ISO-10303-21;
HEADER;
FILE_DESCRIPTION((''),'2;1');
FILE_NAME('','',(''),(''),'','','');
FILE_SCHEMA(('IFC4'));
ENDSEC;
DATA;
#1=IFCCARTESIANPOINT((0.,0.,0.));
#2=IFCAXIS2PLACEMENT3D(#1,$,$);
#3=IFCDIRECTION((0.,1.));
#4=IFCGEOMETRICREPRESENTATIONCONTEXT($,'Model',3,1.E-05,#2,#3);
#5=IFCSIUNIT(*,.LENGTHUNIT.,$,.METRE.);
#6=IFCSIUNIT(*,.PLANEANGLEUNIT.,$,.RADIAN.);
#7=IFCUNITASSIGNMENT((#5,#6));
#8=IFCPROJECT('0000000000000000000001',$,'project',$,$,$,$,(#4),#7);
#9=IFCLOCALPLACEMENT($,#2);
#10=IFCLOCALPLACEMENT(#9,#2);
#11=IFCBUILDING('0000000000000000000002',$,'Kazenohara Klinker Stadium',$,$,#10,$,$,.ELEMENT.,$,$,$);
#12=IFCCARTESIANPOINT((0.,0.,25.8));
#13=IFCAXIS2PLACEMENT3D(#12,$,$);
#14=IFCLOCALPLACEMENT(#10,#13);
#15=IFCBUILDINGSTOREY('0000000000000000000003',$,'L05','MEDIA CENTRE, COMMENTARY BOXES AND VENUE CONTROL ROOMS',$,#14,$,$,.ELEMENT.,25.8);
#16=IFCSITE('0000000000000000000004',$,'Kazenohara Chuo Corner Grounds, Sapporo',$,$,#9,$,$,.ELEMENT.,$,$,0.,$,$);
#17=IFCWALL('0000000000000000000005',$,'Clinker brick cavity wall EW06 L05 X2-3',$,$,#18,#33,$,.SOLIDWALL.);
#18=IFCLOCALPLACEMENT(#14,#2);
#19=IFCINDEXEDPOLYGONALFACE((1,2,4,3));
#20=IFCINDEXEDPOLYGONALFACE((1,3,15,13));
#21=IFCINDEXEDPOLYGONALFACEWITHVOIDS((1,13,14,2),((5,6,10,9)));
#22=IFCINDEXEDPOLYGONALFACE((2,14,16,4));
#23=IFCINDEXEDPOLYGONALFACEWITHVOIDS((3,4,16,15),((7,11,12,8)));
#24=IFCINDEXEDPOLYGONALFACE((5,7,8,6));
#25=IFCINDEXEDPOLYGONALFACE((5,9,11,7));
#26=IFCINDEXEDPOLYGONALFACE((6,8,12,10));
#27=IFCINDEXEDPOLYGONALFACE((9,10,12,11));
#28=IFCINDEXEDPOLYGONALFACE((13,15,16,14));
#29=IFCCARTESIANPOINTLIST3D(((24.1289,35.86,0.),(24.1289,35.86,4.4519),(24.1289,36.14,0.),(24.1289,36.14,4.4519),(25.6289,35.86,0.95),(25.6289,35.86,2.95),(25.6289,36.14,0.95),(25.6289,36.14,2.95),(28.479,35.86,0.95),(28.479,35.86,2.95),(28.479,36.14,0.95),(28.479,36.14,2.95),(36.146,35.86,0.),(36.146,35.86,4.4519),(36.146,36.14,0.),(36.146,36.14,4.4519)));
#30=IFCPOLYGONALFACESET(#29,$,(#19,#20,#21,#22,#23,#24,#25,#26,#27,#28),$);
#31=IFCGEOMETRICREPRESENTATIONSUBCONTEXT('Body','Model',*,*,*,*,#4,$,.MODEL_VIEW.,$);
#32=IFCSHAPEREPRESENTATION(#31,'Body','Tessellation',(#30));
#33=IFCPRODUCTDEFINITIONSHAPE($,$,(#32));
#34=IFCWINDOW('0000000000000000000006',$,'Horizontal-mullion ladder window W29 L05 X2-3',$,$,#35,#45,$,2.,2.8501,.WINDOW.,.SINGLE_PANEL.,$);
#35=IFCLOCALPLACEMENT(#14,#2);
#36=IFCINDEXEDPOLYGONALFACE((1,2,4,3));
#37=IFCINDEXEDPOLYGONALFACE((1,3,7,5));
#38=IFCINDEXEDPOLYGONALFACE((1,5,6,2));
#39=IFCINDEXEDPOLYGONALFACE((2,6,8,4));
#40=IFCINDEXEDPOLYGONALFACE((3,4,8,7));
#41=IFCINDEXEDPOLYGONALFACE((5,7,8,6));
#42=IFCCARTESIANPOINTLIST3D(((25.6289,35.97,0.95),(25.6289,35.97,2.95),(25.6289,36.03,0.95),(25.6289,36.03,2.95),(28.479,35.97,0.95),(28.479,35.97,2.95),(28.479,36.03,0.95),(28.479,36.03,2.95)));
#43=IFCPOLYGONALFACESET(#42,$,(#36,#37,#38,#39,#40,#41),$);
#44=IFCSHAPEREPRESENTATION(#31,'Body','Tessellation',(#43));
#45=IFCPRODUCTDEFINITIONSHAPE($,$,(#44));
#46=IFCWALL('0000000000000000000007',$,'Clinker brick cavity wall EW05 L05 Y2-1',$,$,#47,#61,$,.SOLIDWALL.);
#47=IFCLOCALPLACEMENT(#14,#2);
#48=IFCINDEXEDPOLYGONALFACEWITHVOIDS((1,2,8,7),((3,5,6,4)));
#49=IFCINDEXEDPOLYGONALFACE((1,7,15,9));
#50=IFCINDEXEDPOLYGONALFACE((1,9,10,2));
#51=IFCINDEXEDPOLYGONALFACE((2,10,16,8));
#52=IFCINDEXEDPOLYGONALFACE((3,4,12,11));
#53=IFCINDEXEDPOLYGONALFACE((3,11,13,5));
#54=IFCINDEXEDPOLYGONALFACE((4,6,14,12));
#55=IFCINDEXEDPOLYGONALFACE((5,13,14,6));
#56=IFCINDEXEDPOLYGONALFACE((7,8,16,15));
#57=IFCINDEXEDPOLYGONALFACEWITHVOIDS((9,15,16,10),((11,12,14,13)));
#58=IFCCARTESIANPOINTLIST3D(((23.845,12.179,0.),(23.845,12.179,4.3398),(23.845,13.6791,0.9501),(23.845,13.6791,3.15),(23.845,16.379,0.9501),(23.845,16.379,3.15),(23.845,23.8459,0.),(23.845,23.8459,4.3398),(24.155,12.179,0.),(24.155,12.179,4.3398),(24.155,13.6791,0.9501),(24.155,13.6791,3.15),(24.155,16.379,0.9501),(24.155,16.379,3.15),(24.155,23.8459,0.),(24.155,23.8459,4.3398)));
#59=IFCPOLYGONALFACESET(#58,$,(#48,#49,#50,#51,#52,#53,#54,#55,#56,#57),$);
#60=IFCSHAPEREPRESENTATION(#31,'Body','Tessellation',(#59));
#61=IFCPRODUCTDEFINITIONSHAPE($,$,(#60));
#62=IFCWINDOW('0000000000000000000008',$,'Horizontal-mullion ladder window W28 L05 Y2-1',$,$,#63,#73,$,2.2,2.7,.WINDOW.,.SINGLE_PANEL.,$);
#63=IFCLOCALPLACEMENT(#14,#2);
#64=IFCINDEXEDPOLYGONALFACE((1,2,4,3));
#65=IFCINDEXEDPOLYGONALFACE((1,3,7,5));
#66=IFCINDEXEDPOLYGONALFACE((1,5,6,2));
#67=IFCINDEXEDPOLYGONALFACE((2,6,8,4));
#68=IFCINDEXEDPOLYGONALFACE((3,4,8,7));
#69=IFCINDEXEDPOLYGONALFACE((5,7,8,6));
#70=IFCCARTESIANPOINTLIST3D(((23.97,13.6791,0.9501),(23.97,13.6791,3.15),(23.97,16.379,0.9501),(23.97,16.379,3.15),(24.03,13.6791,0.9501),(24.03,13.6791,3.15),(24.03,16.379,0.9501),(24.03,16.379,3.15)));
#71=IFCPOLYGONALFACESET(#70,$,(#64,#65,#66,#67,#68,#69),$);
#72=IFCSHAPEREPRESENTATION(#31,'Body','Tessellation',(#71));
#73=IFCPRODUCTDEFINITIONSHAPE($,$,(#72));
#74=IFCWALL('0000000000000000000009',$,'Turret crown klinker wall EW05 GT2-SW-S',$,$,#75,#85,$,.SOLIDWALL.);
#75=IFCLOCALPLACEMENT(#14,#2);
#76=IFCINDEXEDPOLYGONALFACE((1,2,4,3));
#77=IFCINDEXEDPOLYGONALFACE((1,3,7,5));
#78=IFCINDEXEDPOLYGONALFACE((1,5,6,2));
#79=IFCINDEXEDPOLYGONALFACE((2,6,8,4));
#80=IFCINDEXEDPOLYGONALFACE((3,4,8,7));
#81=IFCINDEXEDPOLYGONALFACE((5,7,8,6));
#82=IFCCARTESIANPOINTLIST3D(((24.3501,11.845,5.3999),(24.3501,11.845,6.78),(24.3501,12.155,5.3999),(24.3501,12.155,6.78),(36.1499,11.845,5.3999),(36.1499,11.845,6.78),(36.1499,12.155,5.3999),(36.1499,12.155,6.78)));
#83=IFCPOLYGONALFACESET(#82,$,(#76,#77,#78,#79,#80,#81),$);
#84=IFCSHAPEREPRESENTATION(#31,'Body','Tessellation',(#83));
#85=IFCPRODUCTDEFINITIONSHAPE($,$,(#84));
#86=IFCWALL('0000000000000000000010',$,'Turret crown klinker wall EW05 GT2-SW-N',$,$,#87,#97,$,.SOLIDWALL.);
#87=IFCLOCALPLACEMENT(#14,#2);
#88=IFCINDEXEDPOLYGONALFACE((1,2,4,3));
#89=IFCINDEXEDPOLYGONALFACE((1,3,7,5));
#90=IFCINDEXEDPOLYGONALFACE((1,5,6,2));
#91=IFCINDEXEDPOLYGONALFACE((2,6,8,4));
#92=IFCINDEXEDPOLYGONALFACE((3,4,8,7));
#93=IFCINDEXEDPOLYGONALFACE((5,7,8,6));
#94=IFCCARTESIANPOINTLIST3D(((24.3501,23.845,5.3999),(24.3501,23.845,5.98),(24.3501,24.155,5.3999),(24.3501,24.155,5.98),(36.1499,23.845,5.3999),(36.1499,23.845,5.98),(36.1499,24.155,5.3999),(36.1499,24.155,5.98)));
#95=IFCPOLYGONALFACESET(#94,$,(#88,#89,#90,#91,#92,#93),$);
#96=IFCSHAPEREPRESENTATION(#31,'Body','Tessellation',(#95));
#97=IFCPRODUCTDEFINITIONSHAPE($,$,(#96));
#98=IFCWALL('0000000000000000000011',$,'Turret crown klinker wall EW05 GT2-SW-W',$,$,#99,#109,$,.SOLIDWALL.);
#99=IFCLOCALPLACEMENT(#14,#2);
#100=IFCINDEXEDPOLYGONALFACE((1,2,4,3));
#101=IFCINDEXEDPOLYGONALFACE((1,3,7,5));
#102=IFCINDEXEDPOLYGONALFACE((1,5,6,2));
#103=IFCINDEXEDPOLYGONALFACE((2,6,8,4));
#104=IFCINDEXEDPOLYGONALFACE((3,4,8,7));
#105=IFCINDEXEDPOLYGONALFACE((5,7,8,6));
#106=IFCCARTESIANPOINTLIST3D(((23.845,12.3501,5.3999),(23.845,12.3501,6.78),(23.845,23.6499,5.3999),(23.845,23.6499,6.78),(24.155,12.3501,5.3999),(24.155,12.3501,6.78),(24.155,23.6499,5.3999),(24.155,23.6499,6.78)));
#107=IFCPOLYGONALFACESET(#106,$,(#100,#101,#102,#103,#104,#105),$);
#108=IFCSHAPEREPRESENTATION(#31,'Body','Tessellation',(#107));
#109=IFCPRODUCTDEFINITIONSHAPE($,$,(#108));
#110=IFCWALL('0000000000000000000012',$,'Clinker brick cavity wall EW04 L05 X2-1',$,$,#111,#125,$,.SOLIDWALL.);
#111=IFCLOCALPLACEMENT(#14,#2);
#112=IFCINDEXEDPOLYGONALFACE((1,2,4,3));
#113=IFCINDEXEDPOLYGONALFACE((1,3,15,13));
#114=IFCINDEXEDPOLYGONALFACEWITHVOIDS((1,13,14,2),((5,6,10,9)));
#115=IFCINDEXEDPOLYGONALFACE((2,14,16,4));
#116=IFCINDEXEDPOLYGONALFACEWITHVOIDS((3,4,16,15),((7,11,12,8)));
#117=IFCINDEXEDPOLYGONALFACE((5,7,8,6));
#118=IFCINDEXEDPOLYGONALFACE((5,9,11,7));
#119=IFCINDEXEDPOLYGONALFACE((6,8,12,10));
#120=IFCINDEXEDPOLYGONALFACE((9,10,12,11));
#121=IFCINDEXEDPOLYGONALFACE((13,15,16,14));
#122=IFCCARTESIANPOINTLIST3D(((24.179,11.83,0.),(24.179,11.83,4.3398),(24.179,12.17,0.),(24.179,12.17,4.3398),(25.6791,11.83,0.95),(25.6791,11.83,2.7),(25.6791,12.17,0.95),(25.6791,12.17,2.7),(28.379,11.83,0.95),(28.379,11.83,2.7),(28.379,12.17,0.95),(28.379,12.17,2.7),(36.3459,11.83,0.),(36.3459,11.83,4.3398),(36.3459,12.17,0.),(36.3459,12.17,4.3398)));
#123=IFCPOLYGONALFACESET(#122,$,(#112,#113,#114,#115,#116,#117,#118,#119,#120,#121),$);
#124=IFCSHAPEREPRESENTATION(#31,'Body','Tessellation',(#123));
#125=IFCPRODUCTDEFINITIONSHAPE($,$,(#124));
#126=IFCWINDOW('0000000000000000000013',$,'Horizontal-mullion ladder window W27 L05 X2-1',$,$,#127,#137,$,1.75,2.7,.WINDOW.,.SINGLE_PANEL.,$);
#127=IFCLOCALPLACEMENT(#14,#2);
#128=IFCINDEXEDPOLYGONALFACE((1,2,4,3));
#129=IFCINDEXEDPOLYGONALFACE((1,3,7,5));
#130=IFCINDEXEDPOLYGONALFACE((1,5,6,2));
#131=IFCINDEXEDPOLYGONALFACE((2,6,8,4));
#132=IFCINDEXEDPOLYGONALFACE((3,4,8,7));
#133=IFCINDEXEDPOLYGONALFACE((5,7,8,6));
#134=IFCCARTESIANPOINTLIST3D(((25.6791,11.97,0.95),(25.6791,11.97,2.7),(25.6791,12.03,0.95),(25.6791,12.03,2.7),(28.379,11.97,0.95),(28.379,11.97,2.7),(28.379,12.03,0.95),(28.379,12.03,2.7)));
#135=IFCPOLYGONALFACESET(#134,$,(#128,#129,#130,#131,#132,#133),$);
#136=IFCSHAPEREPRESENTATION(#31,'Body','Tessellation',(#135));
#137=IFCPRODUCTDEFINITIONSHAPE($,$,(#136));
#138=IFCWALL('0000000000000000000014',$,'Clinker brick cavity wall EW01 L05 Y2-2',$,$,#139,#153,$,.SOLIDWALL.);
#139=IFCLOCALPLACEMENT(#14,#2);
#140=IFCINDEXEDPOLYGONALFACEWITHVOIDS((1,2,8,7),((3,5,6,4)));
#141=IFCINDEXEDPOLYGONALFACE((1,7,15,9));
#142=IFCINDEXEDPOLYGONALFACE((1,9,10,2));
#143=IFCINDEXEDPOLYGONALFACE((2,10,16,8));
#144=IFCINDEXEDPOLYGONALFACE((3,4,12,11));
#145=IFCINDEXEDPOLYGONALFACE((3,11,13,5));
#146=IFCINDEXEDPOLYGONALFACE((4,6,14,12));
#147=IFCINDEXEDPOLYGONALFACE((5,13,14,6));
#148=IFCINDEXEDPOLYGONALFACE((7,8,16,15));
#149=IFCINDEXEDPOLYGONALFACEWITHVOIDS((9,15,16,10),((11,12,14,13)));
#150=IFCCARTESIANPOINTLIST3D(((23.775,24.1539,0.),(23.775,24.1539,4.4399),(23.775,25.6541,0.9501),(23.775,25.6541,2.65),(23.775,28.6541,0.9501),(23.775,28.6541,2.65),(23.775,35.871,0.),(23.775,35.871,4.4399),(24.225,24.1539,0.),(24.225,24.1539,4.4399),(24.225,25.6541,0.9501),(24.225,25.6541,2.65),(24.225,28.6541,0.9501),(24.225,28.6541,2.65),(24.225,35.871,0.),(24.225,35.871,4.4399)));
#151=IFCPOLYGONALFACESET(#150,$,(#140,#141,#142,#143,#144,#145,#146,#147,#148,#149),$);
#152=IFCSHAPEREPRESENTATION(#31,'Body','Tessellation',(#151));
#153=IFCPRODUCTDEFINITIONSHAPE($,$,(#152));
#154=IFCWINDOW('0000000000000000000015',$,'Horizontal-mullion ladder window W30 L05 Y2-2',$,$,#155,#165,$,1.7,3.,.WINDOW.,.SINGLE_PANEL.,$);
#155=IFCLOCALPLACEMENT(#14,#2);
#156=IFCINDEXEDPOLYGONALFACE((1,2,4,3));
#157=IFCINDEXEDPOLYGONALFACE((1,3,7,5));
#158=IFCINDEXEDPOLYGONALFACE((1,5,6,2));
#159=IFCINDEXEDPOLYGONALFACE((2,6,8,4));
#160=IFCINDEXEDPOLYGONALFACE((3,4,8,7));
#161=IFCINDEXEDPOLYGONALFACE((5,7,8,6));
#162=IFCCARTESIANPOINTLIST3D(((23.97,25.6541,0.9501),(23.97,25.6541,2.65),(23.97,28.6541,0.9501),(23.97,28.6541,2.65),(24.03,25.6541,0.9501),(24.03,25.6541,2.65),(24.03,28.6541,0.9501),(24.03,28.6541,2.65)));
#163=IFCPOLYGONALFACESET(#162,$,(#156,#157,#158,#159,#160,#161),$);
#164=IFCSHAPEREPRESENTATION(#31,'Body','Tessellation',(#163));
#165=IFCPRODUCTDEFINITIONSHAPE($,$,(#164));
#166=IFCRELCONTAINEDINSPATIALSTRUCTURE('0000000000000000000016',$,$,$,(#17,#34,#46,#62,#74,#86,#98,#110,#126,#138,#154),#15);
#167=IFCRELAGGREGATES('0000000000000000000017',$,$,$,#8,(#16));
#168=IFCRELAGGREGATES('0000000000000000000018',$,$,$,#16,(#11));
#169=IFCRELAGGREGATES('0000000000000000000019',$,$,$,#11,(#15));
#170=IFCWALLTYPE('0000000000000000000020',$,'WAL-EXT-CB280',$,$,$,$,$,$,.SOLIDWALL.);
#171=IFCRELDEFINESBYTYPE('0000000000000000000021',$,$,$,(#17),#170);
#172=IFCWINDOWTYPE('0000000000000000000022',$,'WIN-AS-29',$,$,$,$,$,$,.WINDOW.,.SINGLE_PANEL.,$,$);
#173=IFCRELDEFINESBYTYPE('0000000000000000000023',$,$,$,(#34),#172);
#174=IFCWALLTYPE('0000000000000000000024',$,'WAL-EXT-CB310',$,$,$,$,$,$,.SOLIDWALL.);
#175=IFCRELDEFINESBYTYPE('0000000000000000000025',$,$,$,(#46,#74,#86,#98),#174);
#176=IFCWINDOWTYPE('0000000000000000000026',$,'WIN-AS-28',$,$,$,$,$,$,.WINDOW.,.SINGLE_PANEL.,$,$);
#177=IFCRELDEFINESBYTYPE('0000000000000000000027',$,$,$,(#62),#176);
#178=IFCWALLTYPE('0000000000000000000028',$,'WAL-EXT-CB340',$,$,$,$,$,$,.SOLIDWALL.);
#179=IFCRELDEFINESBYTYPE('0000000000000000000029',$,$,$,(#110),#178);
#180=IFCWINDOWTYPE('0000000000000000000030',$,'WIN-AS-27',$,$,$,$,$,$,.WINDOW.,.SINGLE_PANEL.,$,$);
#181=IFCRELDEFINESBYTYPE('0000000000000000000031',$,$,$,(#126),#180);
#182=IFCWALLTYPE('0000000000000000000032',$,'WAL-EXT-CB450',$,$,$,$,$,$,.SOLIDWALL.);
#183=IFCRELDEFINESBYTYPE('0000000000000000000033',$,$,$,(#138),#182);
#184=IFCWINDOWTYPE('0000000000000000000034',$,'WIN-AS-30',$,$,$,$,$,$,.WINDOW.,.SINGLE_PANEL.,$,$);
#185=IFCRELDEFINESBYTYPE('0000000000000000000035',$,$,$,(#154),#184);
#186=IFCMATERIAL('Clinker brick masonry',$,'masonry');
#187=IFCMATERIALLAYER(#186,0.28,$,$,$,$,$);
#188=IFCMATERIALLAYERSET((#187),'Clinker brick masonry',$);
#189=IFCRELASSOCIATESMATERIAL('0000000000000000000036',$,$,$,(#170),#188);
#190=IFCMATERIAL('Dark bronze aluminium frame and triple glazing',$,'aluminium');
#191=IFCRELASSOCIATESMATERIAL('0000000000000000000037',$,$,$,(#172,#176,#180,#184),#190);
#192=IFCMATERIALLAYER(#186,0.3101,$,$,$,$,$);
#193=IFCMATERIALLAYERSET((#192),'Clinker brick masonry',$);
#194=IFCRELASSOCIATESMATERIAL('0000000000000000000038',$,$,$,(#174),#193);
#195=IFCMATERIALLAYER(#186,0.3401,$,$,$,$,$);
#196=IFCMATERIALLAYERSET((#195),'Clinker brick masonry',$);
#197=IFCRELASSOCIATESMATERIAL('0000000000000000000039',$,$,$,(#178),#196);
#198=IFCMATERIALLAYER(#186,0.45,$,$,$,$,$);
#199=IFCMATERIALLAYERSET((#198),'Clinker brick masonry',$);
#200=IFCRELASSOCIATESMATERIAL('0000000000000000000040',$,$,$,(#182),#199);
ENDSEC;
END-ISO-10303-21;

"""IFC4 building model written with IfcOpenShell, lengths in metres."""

from ifc_helpers import new_model, si_unit, direction, frame, frame_2d, origin, place, context, subcontext, project, spatial, rectangle, extrude, material, layer, layer_set, type_object, element, fill, save


model = new_model("IFC4")

# Units and contexts
model_context = context("Model", 3, precision=1e-05, world=origin(), true_north=direction((0.0, 1.0)))
body_context = subcontext(model_context, "Body", "Model", "MODEL_VIEW")
ifc_project = project(units=[si_unit("LENGTHUNIT", "METRE"), si_unit("PLANEANGLEUNIT", "RADIAN")], contexts=[model_context])

# Site, building, storey
site_placement = place(None, origin())
site = spatial("IfcSite", under=ifc_project, at=site_placement, Name="Kazenohara Chuo Corner Grounds, Sapporo", CompositionType="ELEMENT", RefElevation=0.0)
building_placement = place(site_placement, origin())
building = spatial("IfcBuilding", under=site, at=building_placement, Name="Kazenohara Klinker Stadium", CompositionType="ELEMENT")
storey_placement = place(building_placement, frame((0.0, 0.0, 25.8)))
storey = spatial("IfcBuildingStorey", under=building, at=storey_placement, Name="L05", Description="MEDIA CENTRE, COMMENTARY BOXES AND VENUE CONTROL ROOMS", CompositionType="ELEMENT", Elevation=25.8)

# Walls, openings, windows
ifc_material_1 = material(Name="Clinker brick masonry", Category="masonry")
ifc_layer_1 = layer(ifc_material_1, 0.28)
ifc_layer_set_1 = layer_set([ifc_layer_1], Name="Clinker brick masonry")
wall_type_1 = type_object("IfcWallType", Name="WAL-EXT-CB280", PredefinedType="SOLIDWALL", material=ifc_layer_set_1)
wall_1_placement = place(storey_placement, frame((24.1289, 36.0, 0.0), z_axis=(0.0, 0.0, 1.0), x_axis=(1.0, 0.0, 0.0)))
wall_1 = element("IfcWall", 1, at=wall_1_placement, inside=storey, type_object=wall_type_1, Name="Clinker brick cavity wall EW06 L05 X2-3", PredefinedType="SOLIDWALL", context=body_context, shape_type="SweptSolid", body=[
    extrude(rectangle(XDim=12.0171, YDim=0.28, at=frame_2d((6.0085, 0.0))), origin(), (0.0, 0.0, 1.0), 4.4519),
])
opening_1_placement = place(wall_1_placement, frame((1.5, 0.0, 0.95)))
opening_1 = element("IfcOpeningElement", 2, at=opening_1_placement, cuts=wall_1, PredefinedType="OPENING", context=body_context, shape_type="SweptSolid", body=[
    extrude(rectangle(XDim=2.8501, YDim=2.0, at=frame_2d((1.425, 1.0))), frame((0.0, 0.1499, 0.0), z_axis=(0.0, -1.0, 0.0), x_axis=(1.0, 0.0, 0.0)), (0.0, 0.0, 1.0), 0.3),
])
ifc_material_2 = material(Name="Dark bronze aluminium frame and triple glazing", Category="aluminium")
window_type_1 = type_object("IfcWindowType", Name="WIN-AS-29", PartitioningType="SINGLE_PANEL", PredefinedType="WINDOW", material=ifc_material_2)
window_1_placement = place(opening_1_placement, origin())
window_1 = element("IfcWindow", 3, at=window_1_placement, inside=storey, type_object=window_type_1, Name="Horizontal-mullion ladder window W29 L05 X2-3", OverallHeight=2.0, OverallWidth=2.8501, PartitioningType="SINGLE_PANEL", PredefinedType="WINDOW", context=body_context, shape_type="SweptSolid", body=[
    extrude(rectangle(XDim=2.8501, YDim=2.0, at=frame_2d((1.425, 1.0))), frame((0.0, 0.03, 0.0), z_axis=(0.0, -1.0, 0.0), x_axis=(1.0, 0.0, 0.0)), (0.0, 0.0, 1.0), 0.0601),
])
fill(opening_1, window_1)
ifc_layer_2 = layer(ifc_material_1, 0.3101)
ifc_layer_set_2 = layer_set([ifc_layer_2], Name="Clinker brick masonry")
wall_type_2 = type_object("IfcWallType", Name="WAL-EXT-CB310", PredefinedType="SOLIDWALL", material=ifc_layer_set_2)
wall_2_placement = place(storey_placement, frame((24.0, 12.179, 0.0), z_axis=(0.0, 0.0, 1.0), x_axis=(0.0, 1.0, 0.0)))
wall_2 = element("IfcWall", 4, at=wall_2_placement, inside=storey, type_object=wall_type_2, Name="Clinker brick cavity wall EW05 L05 Y2-1", PredefinedType="SOLIDWALL", context=body_context, shape_type="SweptSolid", body=[
    extrude(rectangle(XDim=11.667, YDim=0.3101, at=frame_2d((5.8335, 0.0))), origin(), (0.0, 0.0, 1.0), 4.3398),
])
opening_2_placement = place(wall_2_placement, frame((1.5, 0.0, 0.95)))
opening_2 = element("IfcOpeningElement", 5, at=opening_2_placement, cuts=wall_2, PredefinedType="OPENING", context=body_context, shape_type="SweptSolid", body=[
    extrude(rectangle(XDim=2.7, YDim=2.2, at=frame_2d((1.3501, 1.1001))), frame((0.0, 0.165, 0.0), z_axis=(0.0, -1.0, 0.0), x_axis=(1.0, 0.0, 0.0)), (0.0, 0.0, 1.0), 0.3301),
])
window_type_2 = type_object("IfcWindowType", Name="WIN-AS-28", PartitioningType="SINGLE_PANEL", PredefinedType="WINDOW", material=ifc_material_2)
window_2_placement = place(opening_2_placement, origin())
window_2 = element("IfcWindow", 6, at=window_2_placement, inside=storey, type_object=window_type_2, Name="Horizontal-mullion ladder window W28 L05 Y2-1", OverallHeight=2.2, OverallWidth=2.7, PartitioningType="SINGLE_PANEL", PredefinedType="WINDOW", context=body_context, shape_type="SweptSolid", body=[
    extrude(rectangle(XDim=2.7, YDim=2.2, at=frame_2d((1.3501, 1.1001))), frame((0.0, 0.03, 0.0), z_axis=(0.0, -1.0, 0.0), x_axis=(1.0, 0.0, 0.0)), (0.0, 0.0, 1.0), 0.0601),
])
fill(opening_2, window_2)

# Walls
wall_3_placement = place(storey_placement, frame((24.3501, 12.0, 5.3999), z_axis=(0.0, 0.0, 1.0), x_axis=(1.0, 0.0, 0.0)))
element("IfcWall", 7, at=wall_3_placement, inside=storey, type_object=wall_type_2, Name="Turret crown klinker wall EW05 GT2-SW-S", PredefinedType="SOLIDWALL", context=body_context, shape_type="SweptSolid", body=[
    extrude(rectangle(XDim=11.7998, YDim=0.3101, at=frame_2d((5.8999, 0.0))), origin(), (0.0, 0.0, 1.0), 1.3801),
])
wall_4_placement = place(storey_placement, frame((24.3501, 24.0, 5.3999), z_axis=(0.0, 0.0, 1.0), x_axis=(1.0, 0.0, 0.0)))
element("IfcWall", 8, at=wall_4_placement, inside=storey, type_object=wall_type_2, Name="Turret crown klinker wall EW05 GT2-SW-N", PredefinedType="SOLIDWALL", context=body_context, shape_type="SweptSolid", body=[
    extrude(rectangle(XDim=11.7998, YDim=0.3101, at=frame_2d((5.8999, 0.0))), origin(), (0.0, 0.0, 1.0), 0.5801),
])
wall_5_placement = place(storey_placement, frame((24.0, 12.3501, 5.3999), z_axis=(0.0, 0.0, 1.0), x_axis=(0.0, 1.0, 0.0)))
element("IfcWall", 9, at=wall_5_placement, inside=storey, type_object=wall_type_2, Name="Turret crown klinker wall EW05 GT2-SW-W", PredefinedType="SOLIDWALL", context=body_context, shape_type="SweptSolid", body=[
    extrude(rectangle(XDim=11.2998, YDim=0.3101, at=frame_2d((5.6499, 0.0))), origin(), (0.0, 0.0, 1.0), 1.3801),
])

# Walls, openings, windows
ifc_layer_3 = layer(ifc_material_1, 0.3401)
ifc_layer_set_3 = layer_set([ifc_layer_3], Name="Clinker brick masonry")
wall_type_3 = type_object("IfcWallType", Name="WAL-EXT-CB340", PredefinedType="SOLIDWALL", material=ifc_layer_set_3)
wall_6_placement = place(storey_placement, frame((24.179, 12.0, 0.0), z_axis=(0.0, 0.0, 1.0), x_axis=(1.0, 0.0, 0.0)))
wall_6 = element("IfcWall", 10, at=wall_6_placement, inside=storey, type_object=wall_type_3, Name="Clinker brick cavity wall EW04 L05 X2-1", PredefinedType="SOLIDWALL", context=body_context, shape_type="SweptSolid", body=[
    extrude(rectangle(XDim=12.167, YDim=0.3401, at=frame_2d((6.0835, 0.0))), origin(), (0.0, 0.0, 1.0), 4.3398),
])
opening_3_placement = place(wall_6_placement, frame((1.5, 0.0, 0.95)))
opening_3 = element("IfcOpeningElement", 11, at=opening_3_placement, cuts=wall_6, PredefinedType="OPENING", context=body_context, shape_type="SweptSolid", body=[
    extrude(rectangle(XDim=2.7, YDim=1.75, at=frame_2d((1.3501, 0.875))), frame((0.0, 0.1802, 0.0), z_axis=(0.0, -1.0, 0.0), x_axis=(1.0, 0.0, 0.0)), (0.0, 0.0, 1.0), 0.3601),
])
window_type_3 = type_object("IfcWindowType", Name="WIN-AS-27", PartitioningType="SINGLE_PANEL", PredefinedType="WINDOW", material=ifc_material_2)
window_3_placement = place(opening_3_placement, origin())
window_3 = element("IfcWindow", 12, at=window_3_placement, inside=storey, type_object=window_type_3, Name="Horizontal-mullion ladder window W27 L05 X2-1", OverallHeight=1.75, OverallWidth=2.7, PartitioningType="SINGLE_PANEL", PredefinedType="WINDOW", context=body_context, shape_type="SweptSolid", body=[
    extrude(rectangle(XDim=2.7, YDim=1.75, at=frame_2d((1.3501, 0.875))), frame((0.0, 0.03, 0.0), z_axis=(0.0, -1.0, 0.0), x_axis=(1.0, 0.0, 0.0)), (0.0, 0.0, 1.0), 0.0601),
])
fill(opening_3, window_3)
ifc_layer_4 = layer(ifc_material_1, 0.45)
ifc_layer_set_4 = layer_set([ifc_layer_4], Name="Clinker brick masonry")
wall_type_4 = type_object("IfcWallType", Name="WAL-EXT-CB450", PredefinedType="SOLIDWALL", material=ifc_layer_set_4)
wall_7_placement = place(storey_placement, frame((24.0, 24.1541, 0.0), z_axis=(0.0, 0.0, 1.0), x_axis=(0.0, 1.0, 0.0)))
wall_7 = element("IfcWall", 13, at=wall_7_placement, inside=storey, type_object=wall_type_4, Name="Clinker brick cavity wall EW01 L05 Y2-2", PredefinedType="SOLIDWALL", context=body_context, shape_type="SweptSolid", body=[
    extrude(rectangle(XDim=11.717, YDim=0.45, at=frame_2d((5.8584, 0.0))), origin(), (0.0, 0.0, 1.0), 4.4399),
])
opening_4_placement = place(wall_7_placement, frame((1.5, 0.0, 0.95)))
opening_4 = element("IfcOpeningElement", 14, at=opening_4_placement, cuts=wall_7, PredefinedType="OPENING", context=body_context, shape_type="SweptSolid", body=[
    extrude(rectangle(XDim=3.0, YDim=1.7, at=frame_2d((1.5, 0.8501))), frame((0.0, 0.2349, 0.0), z_axis=(0.0, -1.0, 0.0), x_axis=(1.0, 0.0, 0.0)), (0.0, 0.0, 1.0), 0.47),
])
window_type_4 = type_object("IfcWindowType", Name="WIN-AS-30", PartitioningType="SINGLE_PANEL", PredefinedType="WINDOW", material=ifc_material_2)
window_4_placement = place(opening_4_placement, origin())
window_4 = element("IfcWindow", 15, at=window_4_placement, inside=storey, type_object=window_type_4, Name="Horizontal-mullion ladder window W30 L05 Y2-2", OverallHeight=1.7, OverallWidth=3.0, PartitioningType="SINGLE_PANEL", PredefinedType="WINDOW", context=body_context, shape_type="SweptSolid", body=[
    extrude(rectangle(XDim=3.0, YDim=1.7, at=frame_2d((1.5, 0.8501))), frame((0.0, 0.03, 0.0), z_axis=(0.0, -1.0, 0.0), x_axis=(1.0, 0.0, 0.0)), (0.0, 0.0, 1.0), 0.0601),
])
fill(opening_4, window_4)

save(model, "model.ifc")
